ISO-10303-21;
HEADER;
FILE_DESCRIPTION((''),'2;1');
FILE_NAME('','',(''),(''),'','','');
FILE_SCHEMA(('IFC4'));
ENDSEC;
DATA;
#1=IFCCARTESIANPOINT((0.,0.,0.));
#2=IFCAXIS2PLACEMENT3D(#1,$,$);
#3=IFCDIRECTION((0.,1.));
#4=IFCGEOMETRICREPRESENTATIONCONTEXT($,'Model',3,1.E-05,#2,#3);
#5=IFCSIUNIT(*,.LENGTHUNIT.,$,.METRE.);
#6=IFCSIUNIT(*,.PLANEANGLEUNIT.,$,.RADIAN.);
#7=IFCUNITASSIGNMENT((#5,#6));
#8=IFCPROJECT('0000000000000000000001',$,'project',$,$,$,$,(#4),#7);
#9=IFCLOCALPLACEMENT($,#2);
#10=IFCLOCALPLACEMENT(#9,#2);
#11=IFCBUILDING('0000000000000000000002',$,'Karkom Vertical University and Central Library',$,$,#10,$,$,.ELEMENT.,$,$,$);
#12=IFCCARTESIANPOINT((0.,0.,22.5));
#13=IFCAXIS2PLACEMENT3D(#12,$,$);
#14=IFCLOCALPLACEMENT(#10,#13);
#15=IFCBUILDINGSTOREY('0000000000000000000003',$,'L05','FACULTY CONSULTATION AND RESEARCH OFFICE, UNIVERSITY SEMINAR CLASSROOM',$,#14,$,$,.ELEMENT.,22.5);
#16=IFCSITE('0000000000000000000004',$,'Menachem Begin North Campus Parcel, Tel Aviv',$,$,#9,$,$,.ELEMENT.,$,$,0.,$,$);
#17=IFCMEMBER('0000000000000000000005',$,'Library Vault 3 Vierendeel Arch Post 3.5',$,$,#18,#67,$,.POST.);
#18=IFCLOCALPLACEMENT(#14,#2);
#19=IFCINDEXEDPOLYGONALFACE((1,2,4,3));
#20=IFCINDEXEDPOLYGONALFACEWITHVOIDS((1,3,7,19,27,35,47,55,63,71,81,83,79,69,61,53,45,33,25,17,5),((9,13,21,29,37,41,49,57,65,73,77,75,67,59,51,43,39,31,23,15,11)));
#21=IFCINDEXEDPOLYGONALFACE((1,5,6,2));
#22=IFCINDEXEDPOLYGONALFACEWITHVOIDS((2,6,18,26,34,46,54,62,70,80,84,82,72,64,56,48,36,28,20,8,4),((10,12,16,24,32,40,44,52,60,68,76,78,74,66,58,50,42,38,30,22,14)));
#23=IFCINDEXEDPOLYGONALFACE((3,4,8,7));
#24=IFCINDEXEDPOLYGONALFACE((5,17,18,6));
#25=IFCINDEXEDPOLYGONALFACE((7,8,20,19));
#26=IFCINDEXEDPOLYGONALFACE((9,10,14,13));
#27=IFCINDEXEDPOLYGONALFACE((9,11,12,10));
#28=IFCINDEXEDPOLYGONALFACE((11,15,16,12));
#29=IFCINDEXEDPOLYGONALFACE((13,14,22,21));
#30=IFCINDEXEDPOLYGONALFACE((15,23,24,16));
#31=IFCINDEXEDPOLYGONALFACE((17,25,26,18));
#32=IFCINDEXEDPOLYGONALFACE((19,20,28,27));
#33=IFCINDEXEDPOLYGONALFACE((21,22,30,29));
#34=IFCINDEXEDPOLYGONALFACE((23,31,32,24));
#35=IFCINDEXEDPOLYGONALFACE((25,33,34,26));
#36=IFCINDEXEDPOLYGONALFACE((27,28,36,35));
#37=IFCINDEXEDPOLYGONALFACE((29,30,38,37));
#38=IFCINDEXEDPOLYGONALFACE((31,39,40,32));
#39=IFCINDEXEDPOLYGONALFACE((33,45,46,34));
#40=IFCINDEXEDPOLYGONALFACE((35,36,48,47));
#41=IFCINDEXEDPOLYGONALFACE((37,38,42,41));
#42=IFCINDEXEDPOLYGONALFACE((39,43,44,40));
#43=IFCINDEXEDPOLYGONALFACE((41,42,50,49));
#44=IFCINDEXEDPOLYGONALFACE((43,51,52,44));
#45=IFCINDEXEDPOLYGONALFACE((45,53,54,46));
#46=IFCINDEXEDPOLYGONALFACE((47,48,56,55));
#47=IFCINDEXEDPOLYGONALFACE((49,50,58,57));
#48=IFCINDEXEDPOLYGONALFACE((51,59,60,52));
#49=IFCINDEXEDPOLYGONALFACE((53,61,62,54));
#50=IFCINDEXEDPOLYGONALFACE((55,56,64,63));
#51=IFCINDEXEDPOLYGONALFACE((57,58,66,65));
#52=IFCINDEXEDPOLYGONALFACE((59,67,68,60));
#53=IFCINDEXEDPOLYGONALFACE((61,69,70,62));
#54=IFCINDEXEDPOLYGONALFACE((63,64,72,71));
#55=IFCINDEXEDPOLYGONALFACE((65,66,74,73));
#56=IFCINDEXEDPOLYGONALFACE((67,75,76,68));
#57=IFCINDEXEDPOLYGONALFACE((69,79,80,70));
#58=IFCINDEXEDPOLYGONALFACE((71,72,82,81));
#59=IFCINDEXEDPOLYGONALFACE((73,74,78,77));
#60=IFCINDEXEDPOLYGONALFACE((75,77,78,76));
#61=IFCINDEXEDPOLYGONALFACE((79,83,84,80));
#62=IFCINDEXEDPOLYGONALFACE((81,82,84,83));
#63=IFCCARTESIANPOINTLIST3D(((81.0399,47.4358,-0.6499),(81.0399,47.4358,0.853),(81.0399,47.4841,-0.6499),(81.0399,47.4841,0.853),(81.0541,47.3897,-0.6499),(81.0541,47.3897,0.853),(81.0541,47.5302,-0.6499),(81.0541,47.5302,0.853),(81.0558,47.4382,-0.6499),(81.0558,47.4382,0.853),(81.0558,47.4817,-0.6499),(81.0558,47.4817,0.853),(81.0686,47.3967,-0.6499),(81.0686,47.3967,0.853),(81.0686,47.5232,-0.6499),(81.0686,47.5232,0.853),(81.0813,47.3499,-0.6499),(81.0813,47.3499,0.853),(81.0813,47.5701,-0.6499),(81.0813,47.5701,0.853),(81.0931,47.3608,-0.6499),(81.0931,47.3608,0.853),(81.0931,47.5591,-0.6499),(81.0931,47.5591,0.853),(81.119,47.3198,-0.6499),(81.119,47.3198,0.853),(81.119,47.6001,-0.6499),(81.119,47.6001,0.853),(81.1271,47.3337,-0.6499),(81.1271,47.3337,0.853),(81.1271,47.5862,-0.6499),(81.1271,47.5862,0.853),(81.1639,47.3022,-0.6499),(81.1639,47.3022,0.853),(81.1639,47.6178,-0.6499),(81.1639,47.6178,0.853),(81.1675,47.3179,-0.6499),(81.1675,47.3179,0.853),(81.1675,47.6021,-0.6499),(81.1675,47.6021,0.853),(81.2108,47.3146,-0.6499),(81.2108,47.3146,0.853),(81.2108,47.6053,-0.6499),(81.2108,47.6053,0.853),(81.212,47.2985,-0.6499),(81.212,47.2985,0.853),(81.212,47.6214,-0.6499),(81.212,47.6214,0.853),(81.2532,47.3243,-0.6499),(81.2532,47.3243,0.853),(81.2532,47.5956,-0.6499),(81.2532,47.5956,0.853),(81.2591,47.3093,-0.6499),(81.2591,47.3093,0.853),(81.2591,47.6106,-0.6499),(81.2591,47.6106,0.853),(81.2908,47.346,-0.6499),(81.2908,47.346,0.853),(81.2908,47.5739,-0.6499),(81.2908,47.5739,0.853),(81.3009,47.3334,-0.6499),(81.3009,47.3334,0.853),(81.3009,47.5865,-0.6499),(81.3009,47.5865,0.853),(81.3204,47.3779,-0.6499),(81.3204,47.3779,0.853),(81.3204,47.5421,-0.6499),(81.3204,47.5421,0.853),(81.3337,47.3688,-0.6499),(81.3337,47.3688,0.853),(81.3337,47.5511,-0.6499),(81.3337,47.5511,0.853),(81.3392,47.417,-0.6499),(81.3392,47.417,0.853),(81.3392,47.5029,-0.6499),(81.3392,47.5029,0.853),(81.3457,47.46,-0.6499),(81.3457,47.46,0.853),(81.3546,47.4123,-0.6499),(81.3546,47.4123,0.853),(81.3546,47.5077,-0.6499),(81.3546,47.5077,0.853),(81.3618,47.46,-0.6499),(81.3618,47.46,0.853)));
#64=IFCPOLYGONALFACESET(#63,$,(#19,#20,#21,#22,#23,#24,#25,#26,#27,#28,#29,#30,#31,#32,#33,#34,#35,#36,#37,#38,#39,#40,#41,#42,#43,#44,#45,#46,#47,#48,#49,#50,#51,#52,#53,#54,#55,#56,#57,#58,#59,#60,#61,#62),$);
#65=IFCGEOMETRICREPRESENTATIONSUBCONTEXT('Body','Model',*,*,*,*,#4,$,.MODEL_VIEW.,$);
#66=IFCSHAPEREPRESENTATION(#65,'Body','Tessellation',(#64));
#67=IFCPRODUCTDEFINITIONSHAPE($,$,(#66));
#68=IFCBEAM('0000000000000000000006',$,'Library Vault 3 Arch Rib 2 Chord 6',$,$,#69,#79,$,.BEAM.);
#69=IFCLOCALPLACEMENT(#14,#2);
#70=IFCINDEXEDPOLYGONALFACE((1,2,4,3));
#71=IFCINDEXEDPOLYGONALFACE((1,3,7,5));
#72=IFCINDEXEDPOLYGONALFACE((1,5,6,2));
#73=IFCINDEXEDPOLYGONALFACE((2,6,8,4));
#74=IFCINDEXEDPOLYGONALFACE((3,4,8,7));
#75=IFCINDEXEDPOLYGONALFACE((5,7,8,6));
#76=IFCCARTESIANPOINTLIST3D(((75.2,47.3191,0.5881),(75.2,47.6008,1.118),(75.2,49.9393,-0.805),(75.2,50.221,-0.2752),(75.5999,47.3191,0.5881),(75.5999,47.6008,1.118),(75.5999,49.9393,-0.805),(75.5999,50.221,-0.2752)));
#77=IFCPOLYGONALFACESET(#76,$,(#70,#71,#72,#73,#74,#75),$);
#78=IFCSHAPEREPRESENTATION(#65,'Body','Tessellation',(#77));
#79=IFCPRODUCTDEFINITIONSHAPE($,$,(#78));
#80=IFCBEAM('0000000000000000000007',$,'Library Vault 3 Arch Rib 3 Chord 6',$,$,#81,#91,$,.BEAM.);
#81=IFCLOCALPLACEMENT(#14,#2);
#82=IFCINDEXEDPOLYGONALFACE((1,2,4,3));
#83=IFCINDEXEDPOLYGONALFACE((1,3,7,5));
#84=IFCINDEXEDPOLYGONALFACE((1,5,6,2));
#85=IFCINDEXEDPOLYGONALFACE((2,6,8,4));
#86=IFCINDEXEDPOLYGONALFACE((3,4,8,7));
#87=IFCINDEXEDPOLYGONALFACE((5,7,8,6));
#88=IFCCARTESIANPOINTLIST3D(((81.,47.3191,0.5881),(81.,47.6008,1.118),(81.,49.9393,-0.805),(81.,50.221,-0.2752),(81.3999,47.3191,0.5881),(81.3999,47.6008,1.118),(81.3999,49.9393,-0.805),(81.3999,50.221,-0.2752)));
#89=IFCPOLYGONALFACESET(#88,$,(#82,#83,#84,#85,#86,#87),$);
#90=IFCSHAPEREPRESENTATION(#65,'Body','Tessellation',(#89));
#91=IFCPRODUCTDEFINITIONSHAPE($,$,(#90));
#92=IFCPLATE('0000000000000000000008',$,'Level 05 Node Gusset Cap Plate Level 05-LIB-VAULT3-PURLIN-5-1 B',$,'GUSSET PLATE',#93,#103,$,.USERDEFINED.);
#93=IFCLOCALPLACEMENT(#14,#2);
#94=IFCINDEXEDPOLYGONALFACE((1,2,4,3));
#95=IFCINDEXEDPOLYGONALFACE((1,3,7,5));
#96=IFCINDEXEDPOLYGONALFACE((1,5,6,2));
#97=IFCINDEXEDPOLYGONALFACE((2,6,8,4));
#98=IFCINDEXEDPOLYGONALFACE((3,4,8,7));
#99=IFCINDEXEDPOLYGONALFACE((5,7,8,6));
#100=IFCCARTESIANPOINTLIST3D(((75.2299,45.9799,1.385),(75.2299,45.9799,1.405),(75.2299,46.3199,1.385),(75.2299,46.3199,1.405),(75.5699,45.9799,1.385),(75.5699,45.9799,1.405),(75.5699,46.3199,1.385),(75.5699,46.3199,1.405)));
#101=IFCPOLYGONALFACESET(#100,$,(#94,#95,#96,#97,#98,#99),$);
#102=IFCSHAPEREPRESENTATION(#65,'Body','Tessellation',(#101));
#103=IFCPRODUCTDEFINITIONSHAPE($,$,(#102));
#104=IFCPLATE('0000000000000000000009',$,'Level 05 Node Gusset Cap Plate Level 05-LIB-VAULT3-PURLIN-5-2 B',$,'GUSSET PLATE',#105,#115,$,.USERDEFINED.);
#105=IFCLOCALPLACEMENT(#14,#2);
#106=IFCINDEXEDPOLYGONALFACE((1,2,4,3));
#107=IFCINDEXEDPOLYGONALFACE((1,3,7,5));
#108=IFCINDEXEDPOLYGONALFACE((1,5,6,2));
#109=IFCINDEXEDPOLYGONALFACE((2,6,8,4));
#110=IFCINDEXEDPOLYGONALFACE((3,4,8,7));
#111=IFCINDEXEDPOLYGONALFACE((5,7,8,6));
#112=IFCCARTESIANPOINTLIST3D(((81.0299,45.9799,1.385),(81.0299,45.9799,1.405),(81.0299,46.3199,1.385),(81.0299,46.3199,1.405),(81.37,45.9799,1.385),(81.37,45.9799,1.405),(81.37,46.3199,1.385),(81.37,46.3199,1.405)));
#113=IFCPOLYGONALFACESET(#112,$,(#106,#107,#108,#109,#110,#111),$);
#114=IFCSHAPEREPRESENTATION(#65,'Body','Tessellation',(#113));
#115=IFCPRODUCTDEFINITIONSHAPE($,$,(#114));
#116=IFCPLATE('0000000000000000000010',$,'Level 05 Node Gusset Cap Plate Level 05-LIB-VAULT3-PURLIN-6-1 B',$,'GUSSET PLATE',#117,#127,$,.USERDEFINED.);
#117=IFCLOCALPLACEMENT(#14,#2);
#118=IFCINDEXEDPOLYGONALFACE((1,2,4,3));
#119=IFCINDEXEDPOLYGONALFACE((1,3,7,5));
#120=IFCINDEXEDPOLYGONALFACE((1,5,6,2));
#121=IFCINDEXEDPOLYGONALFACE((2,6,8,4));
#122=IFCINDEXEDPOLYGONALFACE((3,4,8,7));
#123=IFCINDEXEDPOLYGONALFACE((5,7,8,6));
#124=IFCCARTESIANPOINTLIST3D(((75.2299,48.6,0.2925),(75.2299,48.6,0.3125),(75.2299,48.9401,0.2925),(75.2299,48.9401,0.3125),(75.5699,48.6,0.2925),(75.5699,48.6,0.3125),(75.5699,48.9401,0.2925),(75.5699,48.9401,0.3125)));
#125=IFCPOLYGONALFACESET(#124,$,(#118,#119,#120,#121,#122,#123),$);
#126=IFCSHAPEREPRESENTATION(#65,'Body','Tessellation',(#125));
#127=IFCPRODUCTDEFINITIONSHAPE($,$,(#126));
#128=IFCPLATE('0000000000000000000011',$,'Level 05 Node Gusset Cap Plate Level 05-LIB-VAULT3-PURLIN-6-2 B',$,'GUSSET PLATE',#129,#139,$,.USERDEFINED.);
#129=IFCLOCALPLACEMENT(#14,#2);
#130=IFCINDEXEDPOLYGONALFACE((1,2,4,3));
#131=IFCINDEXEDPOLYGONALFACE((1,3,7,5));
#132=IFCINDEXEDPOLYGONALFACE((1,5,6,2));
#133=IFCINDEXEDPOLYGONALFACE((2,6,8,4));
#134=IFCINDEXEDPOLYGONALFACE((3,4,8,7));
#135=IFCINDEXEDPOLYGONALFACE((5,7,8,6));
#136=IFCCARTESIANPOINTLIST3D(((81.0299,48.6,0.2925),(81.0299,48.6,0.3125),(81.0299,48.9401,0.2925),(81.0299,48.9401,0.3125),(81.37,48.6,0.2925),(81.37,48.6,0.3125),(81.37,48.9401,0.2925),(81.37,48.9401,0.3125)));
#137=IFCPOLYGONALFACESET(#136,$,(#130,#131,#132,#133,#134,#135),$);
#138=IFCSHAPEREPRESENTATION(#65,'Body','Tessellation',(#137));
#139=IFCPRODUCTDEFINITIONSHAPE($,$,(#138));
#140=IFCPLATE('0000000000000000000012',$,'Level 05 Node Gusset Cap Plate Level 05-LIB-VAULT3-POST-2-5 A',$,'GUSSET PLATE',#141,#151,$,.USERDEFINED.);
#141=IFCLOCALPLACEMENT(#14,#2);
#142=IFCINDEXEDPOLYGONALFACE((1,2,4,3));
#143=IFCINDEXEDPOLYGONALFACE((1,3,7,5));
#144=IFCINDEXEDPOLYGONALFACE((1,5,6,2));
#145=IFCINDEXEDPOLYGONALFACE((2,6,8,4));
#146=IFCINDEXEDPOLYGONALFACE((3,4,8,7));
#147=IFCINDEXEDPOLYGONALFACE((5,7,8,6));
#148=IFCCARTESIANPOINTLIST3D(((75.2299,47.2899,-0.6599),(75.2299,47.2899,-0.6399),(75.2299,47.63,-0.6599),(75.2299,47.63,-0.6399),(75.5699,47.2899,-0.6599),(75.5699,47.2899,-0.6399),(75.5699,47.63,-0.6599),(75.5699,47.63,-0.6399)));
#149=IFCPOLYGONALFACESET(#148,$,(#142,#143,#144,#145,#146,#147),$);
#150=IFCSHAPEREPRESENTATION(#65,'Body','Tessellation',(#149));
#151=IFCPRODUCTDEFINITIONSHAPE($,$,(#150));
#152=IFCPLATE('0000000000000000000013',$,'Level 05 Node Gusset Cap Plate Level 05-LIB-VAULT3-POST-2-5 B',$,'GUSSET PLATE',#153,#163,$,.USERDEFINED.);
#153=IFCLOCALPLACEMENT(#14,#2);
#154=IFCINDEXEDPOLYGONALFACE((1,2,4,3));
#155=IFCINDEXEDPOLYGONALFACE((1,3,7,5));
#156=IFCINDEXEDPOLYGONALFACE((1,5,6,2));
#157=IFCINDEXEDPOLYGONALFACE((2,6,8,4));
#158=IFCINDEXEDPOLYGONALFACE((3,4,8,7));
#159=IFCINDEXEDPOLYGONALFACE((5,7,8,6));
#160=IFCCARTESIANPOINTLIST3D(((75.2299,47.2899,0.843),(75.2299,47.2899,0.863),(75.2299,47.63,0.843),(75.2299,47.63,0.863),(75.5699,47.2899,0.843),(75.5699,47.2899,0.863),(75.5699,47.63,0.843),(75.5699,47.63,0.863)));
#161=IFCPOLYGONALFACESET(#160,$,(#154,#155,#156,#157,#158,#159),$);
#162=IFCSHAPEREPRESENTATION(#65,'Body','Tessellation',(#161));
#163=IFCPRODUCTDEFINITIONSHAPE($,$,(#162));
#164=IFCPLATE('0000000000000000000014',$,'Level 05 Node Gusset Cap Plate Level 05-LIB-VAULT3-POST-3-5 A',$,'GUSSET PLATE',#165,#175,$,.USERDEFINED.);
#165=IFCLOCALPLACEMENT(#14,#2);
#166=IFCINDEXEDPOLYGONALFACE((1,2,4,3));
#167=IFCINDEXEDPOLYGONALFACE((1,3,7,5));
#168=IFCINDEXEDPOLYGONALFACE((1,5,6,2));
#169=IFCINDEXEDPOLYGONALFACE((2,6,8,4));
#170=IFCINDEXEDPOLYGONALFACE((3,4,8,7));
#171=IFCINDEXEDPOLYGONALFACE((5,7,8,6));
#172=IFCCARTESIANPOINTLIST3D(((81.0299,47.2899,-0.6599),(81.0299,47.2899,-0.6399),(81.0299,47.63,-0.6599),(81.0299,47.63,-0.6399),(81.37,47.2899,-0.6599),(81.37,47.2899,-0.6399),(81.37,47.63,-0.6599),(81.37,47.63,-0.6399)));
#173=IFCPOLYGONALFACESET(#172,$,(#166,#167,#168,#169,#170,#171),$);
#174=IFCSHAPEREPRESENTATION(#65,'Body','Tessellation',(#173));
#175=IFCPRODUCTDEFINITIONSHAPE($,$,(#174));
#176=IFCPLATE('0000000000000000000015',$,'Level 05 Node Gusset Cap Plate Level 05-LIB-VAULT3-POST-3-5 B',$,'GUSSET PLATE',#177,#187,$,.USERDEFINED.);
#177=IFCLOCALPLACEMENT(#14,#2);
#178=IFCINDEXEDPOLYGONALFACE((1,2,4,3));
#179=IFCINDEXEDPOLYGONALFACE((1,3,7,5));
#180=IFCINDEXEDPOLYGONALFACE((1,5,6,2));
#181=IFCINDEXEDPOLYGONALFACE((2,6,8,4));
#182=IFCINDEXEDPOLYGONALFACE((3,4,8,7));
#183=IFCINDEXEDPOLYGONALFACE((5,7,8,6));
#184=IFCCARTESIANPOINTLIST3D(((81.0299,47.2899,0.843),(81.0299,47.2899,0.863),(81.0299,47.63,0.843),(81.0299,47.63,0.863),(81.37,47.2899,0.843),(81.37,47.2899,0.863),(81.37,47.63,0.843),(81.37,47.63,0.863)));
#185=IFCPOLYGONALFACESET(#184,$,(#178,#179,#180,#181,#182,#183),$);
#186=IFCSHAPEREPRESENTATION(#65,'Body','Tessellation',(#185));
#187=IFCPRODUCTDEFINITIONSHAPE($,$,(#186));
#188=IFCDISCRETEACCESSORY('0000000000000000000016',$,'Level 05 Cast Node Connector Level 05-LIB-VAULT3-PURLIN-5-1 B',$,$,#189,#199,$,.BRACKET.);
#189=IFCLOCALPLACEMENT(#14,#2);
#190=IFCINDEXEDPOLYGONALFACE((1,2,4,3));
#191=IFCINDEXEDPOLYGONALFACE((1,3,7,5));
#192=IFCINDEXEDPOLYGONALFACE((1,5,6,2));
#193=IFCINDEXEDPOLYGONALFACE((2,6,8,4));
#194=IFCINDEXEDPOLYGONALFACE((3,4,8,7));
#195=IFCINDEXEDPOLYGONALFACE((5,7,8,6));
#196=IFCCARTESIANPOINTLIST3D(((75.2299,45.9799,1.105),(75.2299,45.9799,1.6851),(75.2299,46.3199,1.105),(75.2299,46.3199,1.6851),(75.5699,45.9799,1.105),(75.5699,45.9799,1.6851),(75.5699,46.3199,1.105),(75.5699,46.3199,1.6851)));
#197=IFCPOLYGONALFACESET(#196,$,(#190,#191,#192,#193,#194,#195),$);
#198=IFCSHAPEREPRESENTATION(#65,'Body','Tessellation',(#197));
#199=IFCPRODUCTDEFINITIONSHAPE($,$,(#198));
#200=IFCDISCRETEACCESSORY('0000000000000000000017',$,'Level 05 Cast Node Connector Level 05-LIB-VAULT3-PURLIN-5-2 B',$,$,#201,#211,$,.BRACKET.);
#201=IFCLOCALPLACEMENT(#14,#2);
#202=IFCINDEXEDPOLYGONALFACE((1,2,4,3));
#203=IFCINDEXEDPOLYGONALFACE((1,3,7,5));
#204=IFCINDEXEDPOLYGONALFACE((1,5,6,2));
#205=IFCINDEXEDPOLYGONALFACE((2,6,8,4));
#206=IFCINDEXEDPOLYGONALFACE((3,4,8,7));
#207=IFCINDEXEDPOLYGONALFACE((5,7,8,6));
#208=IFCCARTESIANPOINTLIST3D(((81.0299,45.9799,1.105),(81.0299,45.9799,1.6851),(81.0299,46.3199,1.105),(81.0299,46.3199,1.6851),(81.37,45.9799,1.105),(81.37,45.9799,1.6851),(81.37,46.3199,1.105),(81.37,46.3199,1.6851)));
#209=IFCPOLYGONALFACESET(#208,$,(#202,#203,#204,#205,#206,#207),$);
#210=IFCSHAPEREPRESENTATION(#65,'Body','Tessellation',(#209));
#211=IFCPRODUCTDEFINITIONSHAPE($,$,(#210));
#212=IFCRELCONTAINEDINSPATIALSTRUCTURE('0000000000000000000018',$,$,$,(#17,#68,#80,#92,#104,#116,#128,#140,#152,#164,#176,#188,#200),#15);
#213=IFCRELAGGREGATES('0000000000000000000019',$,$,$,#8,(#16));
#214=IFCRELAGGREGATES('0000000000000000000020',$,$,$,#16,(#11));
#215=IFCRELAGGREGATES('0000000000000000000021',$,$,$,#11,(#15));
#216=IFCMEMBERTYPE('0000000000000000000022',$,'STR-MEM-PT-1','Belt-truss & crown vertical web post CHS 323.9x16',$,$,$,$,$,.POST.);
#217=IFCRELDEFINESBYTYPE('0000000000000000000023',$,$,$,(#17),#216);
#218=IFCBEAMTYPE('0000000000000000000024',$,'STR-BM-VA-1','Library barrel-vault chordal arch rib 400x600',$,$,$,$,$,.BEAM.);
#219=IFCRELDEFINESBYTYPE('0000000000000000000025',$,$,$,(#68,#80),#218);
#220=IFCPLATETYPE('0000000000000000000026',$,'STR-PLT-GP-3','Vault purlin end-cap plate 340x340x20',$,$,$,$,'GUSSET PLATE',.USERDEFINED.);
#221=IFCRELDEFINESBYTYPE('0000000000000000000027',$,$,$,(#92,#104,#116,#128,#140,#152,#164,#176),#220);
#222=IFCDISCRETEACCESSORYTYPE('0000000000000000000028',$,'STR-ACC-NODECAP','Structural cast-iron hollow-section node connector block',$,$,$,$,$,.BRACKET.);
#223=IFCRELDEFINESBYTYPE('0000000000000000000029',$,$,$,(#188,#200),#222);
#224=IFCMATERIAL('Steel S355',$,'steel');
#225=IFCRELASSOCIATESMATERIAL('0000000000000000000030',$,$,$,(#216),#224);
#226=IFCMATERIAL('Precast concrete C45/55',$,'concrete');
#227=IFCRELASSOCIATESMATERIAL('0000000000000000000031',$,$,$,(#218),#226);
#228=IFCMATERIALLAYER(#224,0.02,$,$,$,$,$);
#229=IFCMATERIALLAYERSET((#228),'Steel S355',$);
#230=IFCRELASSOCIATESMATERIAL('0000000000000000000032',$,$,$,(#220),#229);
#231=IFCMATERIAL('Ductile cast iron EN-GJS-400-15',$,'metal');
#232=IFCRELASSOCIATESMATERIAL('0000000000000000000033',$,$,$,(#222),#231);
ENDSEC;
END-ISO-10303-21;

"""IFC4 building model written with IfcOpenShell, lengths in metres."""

from ifc_helpers import new_model, si_unit, direction, frame, origin, origin_with_axes, origin_2d, place, context, subcontext, project, spatial, rectangle, hollow_circle, extrude, source, transform, mapped, material, layer, layer_set, material_profile, profile_set, type_object, element, save


model = new_model("IFC4")

# Units and contexts
model_context = context("Model", 3, precision=1e-05, world=origin(), true_north=direction((0.0, 1.0)))
body_context = subcontext(model_context, "Body", "Model", "MODEL_VIEW")
ifc_project = project(units=[si_unit("LENGTHUNIT", "METRE"), si_unit("PLANEANGLEUNIT", "RADIAN")], contexts=[model_context])

# Site, building, storey
site_placement = place(None, origin())
site = spatial("IfcSite", under=ifc_project, at=site_placement, Name="Menachem Begin North Campus Parcel, Tel Aviv", CompositionType="ELEMENT", RefElevation=0.0)
building_placement = place(site_placement, origin())
building = spatial("IfcBuilding", under=site, at=building_placement, Name="Karkom Vertical University and Central Library", CompositionType="ELEMENT")
storey_placement = place(building_placement, frame((0.0, 0.0, 22.5)))
storey = spatial("IfcBuildingStorey", under=building, at=storey_placement, Name="L05", Description="FACULTY CONSULTATION AND RESEARCH OFFICE, UNIVERSITY SEMINAR CLASSROOM", CompositionType="ELEMENT", Elevation=22.5)

# Member
ifc_material_1 = material(Name="Steel S355", Category="steel")
ifc_material_profile_1 = material_profile(ifc_material_1, hollow_circle(Radius=0.1619, WallThickness=0.0161, at=origin_2d()), Name="CHS 323.9x16")
ifc_profile_set_1 = profile_set([ifc_material_profile_1], Name="Steel S355")
member_type_1 = type_object("IfcMemberType", Name="STR-MEM-PT-1", Description="Belt-truss & crown vertical web post CHS 323.9x16", PredefinedType="POST", material=ifc_profile_set_1)
shared_shape_1 = source(origin_with_axes(), body_context, "Body", "SweptSolid", [
    extrude(hollow_circle(Radius=0.1619, WallThickness=0.0161, at=origin_2d()), origin(), (0.0, 0.0, 1.0), 1.5029),
])
for number, where, z_axis, x_axis, name in (
    (1, (81.2, 47.46, -0.6499), (0.0, 0.0, 1.0), (1.0, 0.0, 0.0), "Library Vault 3 Vierendeel Arch Post 3.5"),
):
    element("IfcMember", number, at=place(storey_placement, frame(where, z_axis=z_axis, x_axis=x_axis)), inside=storey, type_object=member_type_1, Name=name, PredefinedType="POST", context=body_context, shape_type="MappedRepresentation", body=[
        mapped(shared_shape_1, transform((0.0, 0.0, 0.0), scale=1.0)),
    ])

# Beams
ifc_material_2 = material(Name="Precast concrete C45/55", Category="concrete")
ifc_material_profile_2 = material_profile(ifc_material_2, rectangle(XDim=0.3999, YDim=0.6001, at=origin_2d()), Name="RCB-400x600")
ifc_profile_set_2 = profile_set([ifc_material_profile_2], Name="Precast concrete C45/55")
beam_type = type_object("IfcBeamType", Name="STR-BM-VA-1", Description="Library barrel-vault chordal arch rib 400x600", PredefinedType="BEAM", material=ifc_profile_set_2)
shared_shape_2 = source(origin_with_axes(), body_context, "Body", "SweptSolid", [
    extrude(rectangle(XDim=0.3999, YDim=0.6001, at=origin_2d()), origin(), (0.0, 0.0, 1.0), 2.9675),
])
for number, where, z_axis, x_axis, name in (
    (2, (75.3999, 47.46, 0.853), (0.0, 0.882958, -0.469452), (-1.0, 0.0, 0.0), "Library Vault 3 Arch Rib 2 Chord 6"),
    (3, (81.2, 47.46, 0.853), (0.0, 0.882958, -0.469452), (-1.0, 0.0, 0.0), "Library Vault 3 Arch Rib 3 Chord 6"),
):
    element("IfcBeam", number, at=place(storey_placement, frame(where, z_axis=z_axis, x_axis=x_axis)), inside=storey, type_object=beam_type, Name=name, PredefinedType="BEAM", context=body_context, shape_type="MappedRepresentation", body=[
        mapped(shared_shape_2, transform((0.0, 0.0, 0.0), scale=1.0)),
    ])

# Plates
ifc_layer = layer(ifc_material_1, 0.02)
ifc_layer_set = layer_set([ifc_layer], Name="Steel S355")
plate_type = type_object("IfcPlateType", Name="STR-PLT-GP-3", Description="Vault purlin end-cap plate 340x340x20", ElementType="GUSSET PLATE", PredefinedType="USERDEFINED", material=ifc_layer_set)
shared_shape_3 = source(origin_with_axes(), body_context, "Body", "SweptSolid", [
    extrude(rectangle(XDim=0.3401, YDim=0.3401, at=origin_2d()), origin(), (0.0, 0.0, 1.0), 0.02),
])
for number, where, z_axis, x_axis, name in (
    (4, (75.3999, 46.1499, 1.385), (0.0, 0.0, 1.0), (1.0, 0.0, 0.0), "Level 05 Node Gusset Cap Plate Level 05-LIB-VAULT3-PURLIN-5-1 B"),
    (5, (81.2, 46.1499, 1.385), (0.0, 0.0, 1.0), (1.0, 0.0, 0.0), "Level 05 Node Gusset Cap Plate Level 05-LIB-VAULT3-PURLIN-5-2 B"),
    (6, (75.3999, 48.77, 0.2925), (0.0, 0.0, 1.0), (1.0, 0.0, 0.0), "Level 05 Node Gusset Cap Plate Level 05-LIB-VAULT3-PURLIN-6-1 B"),
    (7, (81.2, 48.77, 0.2925), (0.0, 0.0, 1.0), (1.0, 0.0, 0.0), "Level 05 Node Gusset Cap Plate Level 05-LIB-VAULT3-PURLIN-6-2 B"),
    (8, (75.3999, 47.46, -0.6599), (0.0, 0.0, 1.0), (1.0, 0.0, 0.0), "Level 05 Node Gusset Cap Plate Level 05-LIB-VAULT3-POST-2-5 A"),
    (9, (75.3999, 47.46, 0.843), (0.0, 0.0, 1.0), (1.0, 0.0, 0.0), "Level 05 Node Gusset Cap Plate Level 05-LIB-VAULT3-POST-2-5 B"),
    (10, (81.2, 47.46, -0.6599), (0.0, 0.0, 1.0), (1.0, 0.0, 0.0), "Level 05 Node Gusset Cap Plate Level 05-LIB-VAULT3-POST-3-5 A"),
    (11, (81.2, 47.46, 0.843), (0.0, 0.0, 1.0), (1.0, 0.0, 0.0), "Level 05 Node Gusset Cap Plate Level 05-LIB-VAULT3-POST-3-5 B"),
):
    element("IfcPlate", number, at=place(storey_placement, frame(where, z_axis=z_axis, x_axis=x_axis)), inside=storey, type_object=plate_type, Name=name, ObjectType="GUSSET PLATE", PredefinedType="USERDEFINED", context=body_context, shape_type="MappedRepresentation", body=[
        mapped(shared_shape_3, transform((0.0, 0.0, 0.0), scale=1.0)),
    ])

# Discrete accessories
ifc_material_3 = material(Name="Ductile cast iron EN-GJS-400-15", Category="metal")
discrete_accessory_type = type_object("IfcDiscreteAccessoryType", Name="STR-ACC-NODECAP", Description="Structural cast-iron hollow-section node connector block", PredefinedType="BRACKET", material=ifc_material_3)
shared_shape_4 = source(origin_with_axes(), body_context, "Body", "SweptSolid", [
    extrude(rectangle(XDim=0.3401, YDim=0.3401, at=origin_2d()), origin(), (0.0, 0.0, 1.0), 0.5801),
])
for number, where, z_axis, x_axis, name in (
    (12, (75.3999, 46.1499, 1.105), (0.0, 0.0, 1.0), (1.0, 0.0, 0.0), "Level 05 Cast Node Connector Level 05-LIB-VAULT3-PURLIN-5-1 B"),
    (13, (81.2, 46.1499, 1.105), (0.0, 0.0, 1.0), (1.0, 0.0, 0.0), "Level 05 Cast Node Connector Level 05-LIB-VAULT3-PURLIN-5-2 B"),
):
    element("IfcDiscreteAccessory", number, at=place(storey_placement, frame(where, z_axis=z_axis, x_axis=x_axis)), inside=storey, type_object=discrete_accessory_type, Name=name, PredefinedType="BRACKET", context=body_context, shape_type="MappedRepresentation", body=[
        mapped(shared_shape_4, transform((0.0, 0.0, 0.0), scale=1.0)),
    ])

save(model, "model.ifc")
